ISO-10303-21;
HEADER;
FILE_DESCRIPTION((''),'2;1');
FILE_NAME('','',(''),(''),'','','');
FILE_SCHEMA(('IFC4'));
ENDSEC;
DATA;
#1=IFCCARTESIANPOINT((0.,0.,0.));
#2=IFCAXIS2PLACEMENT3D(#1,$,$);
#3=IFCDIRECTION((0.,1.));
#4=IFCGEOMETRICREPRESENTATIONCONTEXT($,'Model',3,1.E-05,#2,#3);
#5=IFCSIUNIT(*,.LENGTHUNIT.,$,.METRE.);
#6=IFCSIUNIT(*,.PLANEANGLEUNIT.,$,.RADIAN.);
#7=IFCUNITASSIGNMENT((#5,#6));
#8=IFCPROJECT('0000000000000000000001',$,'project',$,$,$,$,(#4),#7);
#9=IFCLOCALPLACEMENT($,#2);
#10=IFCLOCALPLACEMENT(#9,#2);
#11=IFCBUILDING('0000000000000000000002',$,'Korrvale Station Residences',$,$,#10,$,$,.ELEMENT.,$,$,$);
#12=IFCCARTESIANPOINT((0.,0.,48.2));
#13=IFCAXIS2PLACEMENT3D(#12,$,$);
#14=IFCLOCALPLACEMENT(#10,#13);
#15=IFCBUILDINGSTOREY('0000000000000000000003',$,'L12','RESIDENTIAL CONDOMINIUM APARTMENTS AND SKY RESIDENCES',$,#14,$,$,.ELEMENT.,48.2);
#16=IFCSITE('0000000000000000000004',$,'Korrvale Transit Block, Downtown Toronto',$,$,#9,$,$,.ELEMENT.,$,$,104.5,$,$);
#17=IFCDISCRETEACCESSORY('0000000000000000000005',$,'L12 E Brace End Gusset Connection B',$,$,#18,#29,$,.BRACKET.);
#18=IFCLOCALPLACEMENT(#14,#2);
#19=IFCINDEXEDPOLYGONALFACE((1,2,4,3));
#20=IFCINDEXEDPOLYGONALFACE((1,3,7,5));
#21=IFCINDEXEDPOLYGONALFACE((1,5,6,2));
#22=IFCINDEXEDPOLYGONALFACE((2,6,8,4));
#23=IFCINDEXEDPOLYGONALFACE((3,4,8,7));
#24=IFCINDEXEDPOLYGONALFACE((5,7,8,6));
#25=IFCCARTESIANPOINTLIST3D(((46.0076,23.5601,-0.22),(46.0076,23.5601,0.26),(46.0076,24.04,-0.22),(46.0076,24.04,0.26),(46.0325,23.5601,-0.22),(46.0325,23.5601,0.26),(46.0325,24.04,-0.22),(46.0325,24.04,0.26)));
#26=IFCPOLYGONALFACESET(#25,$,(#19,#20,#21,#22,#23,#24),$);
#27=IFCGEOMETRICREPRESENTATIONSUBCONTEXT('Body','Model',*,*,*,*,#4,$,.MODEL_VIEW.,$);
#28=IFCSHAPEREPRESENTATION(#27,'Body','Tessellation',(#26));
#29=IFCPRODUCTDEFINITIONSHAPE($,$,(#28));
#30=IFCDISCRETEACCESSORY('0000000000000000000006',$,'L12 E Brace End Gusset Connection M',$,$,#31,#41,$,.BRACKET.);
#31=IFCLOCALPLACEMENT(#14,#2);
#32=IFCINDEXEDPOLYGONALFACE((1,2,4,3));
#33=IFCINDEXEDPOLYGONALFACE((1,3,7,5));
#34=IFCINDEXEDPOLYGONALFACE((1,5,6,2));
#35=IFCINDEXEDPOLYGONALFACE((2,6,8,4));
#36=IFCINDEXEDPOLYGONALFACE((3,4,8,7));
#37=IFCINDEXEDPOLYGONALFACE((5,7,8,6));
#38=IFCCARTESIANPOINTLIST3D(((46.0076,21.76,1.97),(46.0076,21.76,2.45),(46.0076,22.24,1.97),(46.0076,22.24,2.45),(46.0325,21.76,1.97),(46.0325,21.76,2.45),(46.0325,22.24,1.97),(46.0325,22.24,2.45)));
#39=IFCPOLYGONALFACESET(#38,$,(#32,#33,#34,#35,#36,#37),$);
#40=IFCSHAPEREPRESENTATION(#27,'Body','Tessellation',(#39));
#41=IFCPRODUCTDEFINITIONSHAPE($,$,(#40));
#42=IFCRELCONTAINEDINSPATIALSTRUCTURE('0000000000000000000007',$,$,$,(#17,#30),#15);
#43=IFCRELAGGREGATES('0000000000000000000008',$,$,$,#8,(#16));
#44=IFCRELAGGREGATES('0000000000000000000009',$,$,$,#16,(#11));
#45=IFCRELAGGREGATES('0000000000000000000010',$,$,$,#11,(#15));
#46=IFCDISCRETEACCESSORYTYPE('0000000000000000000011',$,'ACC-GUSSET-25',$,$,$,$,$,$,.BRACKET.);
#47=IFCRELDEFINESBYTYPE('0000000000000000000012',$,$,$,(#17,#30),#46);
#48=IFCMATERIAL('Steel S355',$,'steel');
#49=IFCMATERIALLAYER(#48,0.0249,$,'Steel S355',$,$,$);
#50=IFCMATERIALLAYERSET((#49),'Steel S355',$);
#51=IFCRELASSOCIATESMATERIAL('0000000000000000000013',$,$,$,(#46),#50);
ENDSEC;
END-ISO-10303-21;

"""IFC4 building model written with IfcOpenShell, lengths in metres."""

from ifc_helpers import new_model, si_unit, direction, frame, origin, origin_2d, place, context, subcontext, project, spatial, rectangle, extrude, material, layer, layer_set, type_object, element, save


model = new_model("IFC4")

# Units and contexts
model_context = context("Model", 3, precision=1e-05, world=origin(), true_north=direction((0.0, 1.0)))
body_context = subcontext(model_context, "Body", "Model", "MODEL_VIEW")
ifc_project = project(units=[si_unit("LENGTHUNIT", "METRE"), si_unit("PLANEANGLEUNIT", "RADIAN")], contexts=[model_context])

# Site, building, storey
site_placement = place(None, origin())
site = spatial("IfcSite", under=ifc_project, at=site_placement, Name="Korrvale Transit Block, Downtown Toronto", CompositionType="ELEMENT", RefElevation=104.5)
building_placement = place(site_placement, origin())
building = spatial("IfcBuilding", under=site, at=building_placement, Name="Korrvale Station Residences", CompositionType="ELEMENT")
storey_placement = place(building_placement, frame((0.0, 0.0, 48.2)))
storey = spatial("IfcBuildingStorey", under=building, at=storey_placement, Name="L12", Description="RESIDENTIAL CONDOMINIUM APARTMENTS AND SKY RESIDENCES", CompositionType="ELEMENT", Elevation=48.2)

# Shared definitions
ifc_material_1 = material(Name="Steel S355", Category="steel")

# Discrete accessories
ifc_layer_1 = layer(ifc_material_1, 0.0249, Name="Steel S355")
ifc_layer_set_1 = layer_set([ifc_layer_1], Name="Steel S355")
discrete_accessory_type = type_object("IfcDiscreteAccessoryType", Name="ACC-GUSSET-25", PredefinedType="BRACKET", material=ifc_layer_set_1)
for number, where, z_axis, x_axis, name in (
    (1, (46.02, 23.8, -0.22), (0.0, 0.0, 1.0), (0.0, 1.0, 0.0), "L12 E Brace End Gusset Connection B"),
    (2, (46.02, 22.0, 1.97), (0.0, 0.0, 1.0), (0.0, 1.0, 0.0), "L12 E Brace End Gusset Connection M"),
):
    element("IfcDiscreteAccessory", number, at=place(storey_placement, frame(where, z_axis=z_axis, x_axis=x_axis)), inside=storey, type_object=discrete_accessory_type, Name=name, PredefinedType="BRACKET", context=body_context, shape_type="SweptSolid", body=[
        extrude(rectangle(XDim=0.48, YDim=0.0249, at=origin_2d()), origin(), (0.0, 0.0, 1.0), 0.48),
    ])

save(model, "model.ifc")
